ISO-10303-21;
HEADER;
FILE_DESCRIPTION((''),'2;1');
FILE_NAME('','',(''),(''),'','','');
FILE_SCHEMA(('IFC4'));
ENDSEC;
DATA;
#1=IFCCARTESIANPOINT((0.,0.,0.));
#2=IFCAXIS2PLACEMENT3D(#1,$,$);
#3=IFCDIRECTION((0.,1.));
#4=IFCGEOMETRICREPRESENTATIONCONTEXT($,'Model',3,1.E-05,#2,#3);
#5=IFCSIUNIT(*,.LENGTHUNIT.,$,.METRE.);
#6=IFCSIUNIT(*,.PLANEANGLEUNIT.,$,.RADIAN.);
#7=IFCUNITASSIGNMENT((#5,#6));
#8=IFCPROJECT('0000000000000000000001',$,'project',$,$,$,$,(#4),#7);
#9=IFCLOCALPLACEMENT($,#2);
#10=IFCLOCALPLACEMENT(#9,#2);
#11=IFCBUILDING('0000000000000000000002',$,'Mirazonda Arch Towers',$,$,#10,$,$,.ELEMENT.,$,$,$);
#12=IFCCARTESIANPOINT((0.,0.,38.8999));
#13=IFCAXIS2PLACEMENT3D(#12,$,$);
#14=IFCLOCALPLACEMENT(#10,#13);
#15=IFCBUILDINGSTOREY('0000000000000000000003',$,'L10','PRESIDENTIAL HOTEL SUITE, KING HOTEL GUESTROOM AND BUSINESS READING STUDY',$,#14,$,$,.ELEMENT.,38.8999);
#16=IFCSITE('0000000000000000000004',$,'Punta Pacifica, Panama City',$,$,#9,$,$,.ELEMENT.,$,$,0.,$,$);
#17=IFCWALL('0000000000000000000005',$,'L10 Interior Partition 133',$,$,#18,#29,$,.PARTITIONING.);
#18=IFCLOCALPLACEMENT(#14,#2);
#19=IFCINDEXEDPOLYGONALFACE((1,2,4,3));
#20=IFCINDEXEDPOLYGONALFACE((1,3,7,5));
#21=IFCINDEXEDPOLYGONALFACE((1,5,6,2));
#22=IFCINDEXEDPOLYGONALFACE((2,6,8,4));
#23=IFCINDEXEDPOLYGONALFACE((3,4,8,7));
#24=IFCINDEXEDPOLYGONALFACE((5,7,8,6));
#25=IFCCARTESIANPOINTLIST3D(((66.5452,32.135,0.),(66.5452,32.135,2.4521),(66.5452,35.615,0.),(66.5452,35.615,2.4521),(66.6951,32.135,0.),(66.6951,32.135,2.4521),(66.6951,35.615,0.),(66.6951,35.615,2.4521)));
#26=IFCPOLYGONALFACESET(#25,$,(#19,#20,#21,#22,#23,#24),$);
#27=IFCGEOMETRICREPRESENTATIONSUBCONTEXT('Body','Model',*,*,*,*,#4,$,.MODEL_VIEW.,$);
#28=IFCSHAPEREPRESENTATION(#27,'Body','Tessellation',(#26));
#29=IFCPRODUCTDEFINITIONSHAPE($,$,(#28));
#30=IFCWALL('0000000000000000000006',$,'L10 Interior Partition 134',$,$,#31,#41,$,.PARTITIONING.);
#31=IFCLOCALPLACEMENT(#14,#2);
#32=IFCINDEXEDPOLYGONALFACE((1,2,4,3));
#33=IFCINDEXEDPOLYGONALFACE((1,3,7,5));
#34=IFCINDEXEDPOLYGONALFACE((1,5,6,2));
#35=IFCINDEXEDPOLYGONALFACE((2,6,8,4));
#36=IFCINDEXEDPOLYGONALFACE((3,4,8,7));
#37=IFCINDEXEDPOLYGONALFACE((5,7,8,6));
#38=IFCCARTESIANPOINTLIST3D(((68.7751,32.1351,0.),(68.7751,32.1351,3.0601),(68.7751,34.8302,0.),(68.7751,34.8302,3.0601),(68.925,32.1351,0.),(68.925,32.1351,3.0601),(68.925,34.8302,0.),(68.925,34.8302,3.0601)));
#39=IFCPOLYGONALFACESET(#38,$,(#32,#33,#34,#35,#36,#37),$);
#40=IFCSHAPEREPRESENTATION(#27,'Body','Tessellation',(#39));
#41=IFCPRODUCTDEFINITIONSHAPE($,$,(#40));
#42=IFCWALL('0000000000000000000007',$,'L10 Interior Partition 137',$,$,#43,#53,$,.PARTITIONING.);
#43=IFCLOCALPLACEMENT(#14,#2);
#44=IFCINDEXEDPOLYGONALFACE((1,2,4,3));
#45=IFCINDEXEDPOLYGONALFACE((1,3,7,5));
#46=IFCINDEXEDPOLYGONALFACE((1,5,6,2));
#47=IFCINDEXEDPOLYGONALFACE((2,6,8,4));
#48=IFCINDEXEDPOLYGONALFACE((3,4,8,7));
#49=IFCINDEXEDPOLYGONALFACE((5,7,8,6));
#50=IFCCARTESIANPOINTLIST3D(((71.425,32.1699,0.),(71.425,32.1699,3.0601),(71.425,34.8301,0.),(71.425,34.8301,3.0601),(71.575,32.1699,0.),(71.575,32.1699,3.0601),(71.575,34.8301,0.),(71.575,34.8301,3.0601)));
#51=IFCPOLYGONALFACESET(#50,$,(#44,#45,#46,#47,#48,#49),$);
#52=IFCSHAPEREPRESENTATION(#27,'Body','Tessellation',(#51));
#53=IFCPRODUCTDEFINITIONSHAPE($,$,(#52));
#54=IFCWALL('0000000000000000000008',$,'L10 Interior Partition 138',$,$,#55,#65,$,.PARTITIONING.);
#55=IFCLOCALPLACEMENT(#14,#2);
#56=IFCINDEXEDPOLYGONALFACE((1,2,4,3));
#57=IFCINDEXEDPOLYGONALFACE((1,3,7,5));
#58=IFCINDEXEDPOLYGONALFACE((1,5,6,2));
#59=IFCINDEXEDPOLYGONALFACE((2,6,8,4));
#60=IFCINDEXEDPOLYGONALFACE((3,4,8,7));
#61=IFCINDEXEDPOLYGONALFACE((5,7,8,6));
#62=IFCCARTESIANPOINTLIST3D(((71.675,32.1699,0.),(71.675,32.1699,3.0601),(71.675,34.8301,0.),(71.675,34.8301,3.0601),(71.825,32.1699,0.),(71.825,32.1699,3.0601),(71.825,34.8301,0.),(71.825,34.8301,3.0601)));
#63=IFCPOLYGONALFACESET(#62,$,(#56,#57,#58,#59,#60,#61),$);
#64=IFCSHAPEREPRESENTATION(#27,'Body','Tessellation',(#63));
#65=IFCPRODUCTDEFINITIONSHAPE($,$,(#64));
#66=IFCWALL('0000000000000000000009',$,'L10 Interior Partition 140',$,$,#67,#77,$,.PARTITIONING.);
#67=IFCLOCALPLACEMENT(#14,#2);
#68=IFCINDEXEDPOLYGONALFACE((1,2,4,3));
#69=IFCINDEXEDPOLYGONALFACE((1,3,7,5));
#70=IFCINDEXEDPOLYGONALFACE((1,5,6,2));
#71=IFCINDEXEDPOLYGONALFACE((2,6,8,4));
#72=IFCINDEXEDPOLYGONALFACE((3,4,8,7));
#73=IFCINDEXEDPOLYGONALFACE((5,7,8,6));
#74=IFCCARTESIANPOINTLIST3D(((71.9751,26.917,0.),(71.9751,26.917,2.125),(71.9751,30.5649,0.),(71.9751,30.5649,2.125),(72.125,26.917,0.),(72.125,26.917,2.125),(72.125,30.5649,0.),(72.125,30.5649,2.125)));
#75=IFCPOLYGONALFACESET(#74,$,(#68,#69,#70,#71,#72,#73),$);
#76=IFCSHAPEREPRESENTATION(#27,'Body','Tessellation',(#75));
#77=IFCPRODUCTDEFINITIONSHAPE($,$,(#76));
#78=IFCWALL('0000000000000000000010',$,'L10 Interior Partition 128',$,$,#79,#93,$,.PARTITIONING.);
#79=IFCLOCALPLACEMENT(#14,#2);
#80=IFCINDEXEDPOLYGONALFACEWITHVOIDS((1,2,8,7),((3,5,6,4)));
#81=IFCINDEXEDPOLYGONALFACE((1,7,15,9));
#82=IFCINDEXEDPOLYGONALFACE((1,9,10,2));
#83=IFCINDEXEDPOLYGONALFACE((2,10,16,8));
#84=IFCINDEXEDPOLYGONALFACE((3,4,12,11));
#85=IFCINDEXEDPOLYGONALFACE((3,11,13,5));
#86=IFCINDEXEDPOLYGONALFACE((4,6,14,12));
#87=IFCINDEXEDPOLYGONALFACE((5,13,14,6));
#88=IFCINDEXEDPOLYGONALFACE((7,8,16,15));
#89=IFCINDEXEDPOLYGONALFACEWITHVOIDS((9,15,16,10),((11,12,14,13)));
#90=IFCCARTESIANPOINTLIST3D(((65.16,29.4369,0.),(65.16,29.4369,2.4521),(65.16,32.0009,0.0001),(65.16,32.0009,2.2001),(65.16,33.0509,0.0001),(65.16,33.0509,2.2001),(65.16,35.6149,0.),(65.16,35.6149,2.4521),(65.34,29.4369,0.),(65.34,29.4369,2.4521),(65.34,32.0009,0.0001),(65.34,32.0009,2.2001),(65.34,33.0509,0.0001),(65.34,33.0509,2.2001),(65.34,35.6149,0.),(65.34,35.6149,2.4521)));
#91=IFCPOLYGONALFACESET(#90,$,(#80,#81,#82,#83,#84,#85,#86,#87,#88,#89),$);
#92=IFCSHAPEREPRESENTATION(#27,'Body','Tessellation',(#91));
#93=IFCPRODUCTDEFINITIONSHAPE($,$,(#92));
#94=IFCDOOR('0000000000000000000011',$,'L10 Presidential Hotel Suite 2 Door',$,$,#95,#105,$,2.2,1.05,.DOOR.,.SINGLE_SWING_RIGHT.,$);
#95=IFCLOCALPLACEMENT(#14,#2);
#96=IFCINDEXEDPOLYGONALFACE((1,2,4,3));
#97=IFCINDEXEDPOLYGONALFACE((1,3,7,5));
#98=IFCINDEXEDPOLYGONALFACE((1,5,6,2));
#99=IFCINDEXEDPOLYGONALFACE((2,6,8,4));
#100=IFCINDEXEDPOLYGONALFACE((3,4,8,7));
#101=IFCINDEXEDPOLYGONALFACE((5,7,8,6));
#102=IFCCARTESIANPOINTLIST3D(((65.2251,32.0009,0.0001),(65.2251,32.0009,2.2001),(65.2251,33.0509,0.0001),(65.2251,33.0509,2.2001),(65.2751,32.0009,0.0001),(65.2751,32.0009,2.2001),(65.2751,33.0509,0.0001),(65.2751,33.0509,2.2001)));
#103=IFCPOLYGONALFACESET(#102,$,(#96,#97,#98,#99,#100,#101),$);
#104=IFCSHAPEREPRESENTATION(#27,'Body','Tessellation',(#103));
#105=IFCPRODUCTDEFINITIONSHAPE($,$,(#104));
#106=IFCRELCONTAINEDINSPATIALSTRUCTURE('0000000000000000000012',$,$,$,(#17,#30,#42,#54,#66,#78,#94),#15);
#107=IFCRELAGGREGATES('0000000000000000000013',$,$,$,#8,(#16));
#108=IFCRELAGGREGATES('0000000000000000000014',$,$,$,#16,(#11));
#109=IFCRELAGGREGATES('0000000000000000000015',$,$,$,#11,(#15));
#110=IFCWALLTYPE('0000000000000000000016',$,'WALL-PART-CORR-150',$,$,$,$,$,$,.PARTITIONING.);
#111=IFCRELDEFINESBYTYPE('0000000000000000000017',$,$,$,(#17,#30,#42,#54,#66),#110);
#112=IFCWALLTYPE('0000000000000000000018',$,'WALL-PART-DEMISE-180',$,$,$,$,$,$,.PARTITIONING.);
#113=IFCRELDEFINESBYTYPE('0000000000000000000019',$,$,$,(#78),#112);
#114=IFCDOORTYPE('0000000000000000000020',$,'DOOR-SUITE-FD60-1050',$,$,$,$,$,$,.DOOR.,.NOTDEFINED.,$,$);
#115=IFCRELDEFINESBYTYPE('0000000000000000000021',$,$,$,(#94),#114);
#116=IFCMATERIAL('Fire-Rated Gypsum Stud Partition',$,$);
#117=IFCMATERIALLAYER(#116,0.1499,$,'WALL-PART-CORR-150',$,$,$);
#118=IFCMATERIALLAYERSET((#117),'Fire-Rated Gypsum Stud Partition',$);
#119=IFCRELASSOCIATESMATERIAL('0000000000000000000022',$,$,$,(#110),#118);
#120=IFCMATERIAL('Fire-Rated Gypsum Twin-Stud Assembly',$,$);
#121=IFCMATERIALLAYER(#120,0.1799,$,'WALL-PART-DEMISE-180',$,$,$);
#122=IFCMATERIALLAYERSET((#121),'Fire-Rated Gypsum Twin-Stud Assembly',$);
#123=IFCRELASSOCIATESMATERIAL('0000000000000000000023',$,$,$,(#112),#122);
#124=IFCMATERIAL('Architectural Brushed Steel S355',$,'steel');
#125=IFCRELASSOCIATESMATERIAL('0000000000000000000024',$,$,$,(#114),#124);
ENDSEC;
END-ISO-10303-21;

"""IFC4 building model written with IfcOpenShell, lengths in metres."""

from ifc_helpers import new_model, si_unit, direction, frame, frame_2d, origin, place, context, subcontext, project, spatial, rectangle, extrude, material, layer, layer_set, type_object, element, fill, save


model = new_model("IFC4")

# Units and contexts
model_context = context("Model", 3, precision=1e-05, world=origin(), true_north=direction((0.0, 1.0)))
body_context = subcontext(model_context, "Body", "Model", "MODEL_VIEW")
ifc_project = project(units=[si_unit("LENGTHUNIT", "METRE"), si_unit("PLANEANGLEUNIT", "RADIAN")], contexts=[model_context])

# Site, building, storey
site_placement = place(None, origin())
site = spatial("IfcSite", under=ifc_project, at=site_placement, Name="Punta Pacifica, Panama City", CompositionType="ELEMENT", RefElevation=0.0)
building_placement = place(site_placement, origin())
building = spatial("IfcBuilding", under=site, at=building_placement, Name="Mirazonda Arch Towers", CompositionType="ELEMENT")
storey_placement = place(building_placement, frame((0.0, 0.0, 38.8999)))
storey = spatial("IfcBuildingStorey", under=building, at=storey_placement, Name="L10", Description="PRESIDENTIAL HOTEL SUITE, KING HOTEL GUESTROOM AND BUSINESS READING STUDY", CompositionType="ELEMENT", Elevation=38.8999)

# Shared definitions
ifc_material_1 = material(Name="Architectural Brushed Steel S355", Category="steel")

# Shared definitions
ifc_material_2 = material(Name="Fire-Rated Gypsum Stud Partition")
ifc_layer_1 = layer(ifc_material_2, 0.1499, Name="WALL-PART-CORR-150")
ifc_layer_set_1 = layer_set([ifc_layer_1], Name="Fire-Rated Gypsum Stud Partition")
wall_type_1 = type_object("IfcWallType", Name="WALL-PART-CORR-150", PredefinedType="PARTITIONING", material=ifc_layer_set_1)

# Walls
wall_1_placement = place(storey_placement, frame((66.6201, 32.135, 0.0), z_axis=(0.0, 0.0, 1.0), x_axis=(0.0, 1.0, 0.0)))
element("IfcWall", 1, at=wall_1_placement, inside=storey, type_object=wall_type_1, Name="L10 Interior Partition 133", PredefinedType="PARTITIONING", context=body_context, shape_type="SweptSolid", body=[
    extrude(rectangle(XDim=3.48, YDim=0.1499, at=frame_2d((1.74, 0.0))), origin(), (0.0, 0.0, 1.0), 2.4521),
])
wall_2_placement = place(storey_placement, frame((68.8501, 32.135, 0.0), z_axis=(0.0, 0.0, 1.0), x_axis=(0.0, 1.0, 0.0)))
element("IfcWall", 2, at=wall_2_placement, inside=storey, type_object=wall_type_1, Name="L10 Interior Partition 134", PredefinedType="PARTITIONING", context=body_context, shape_type="SweptSolid", body=[
    extrude(rectangle(XDim=2.6951, YDim=0.1499, at=frame_2d((1.3477, 0.0))), origin(), (0.0, 0.0, 1.0), 3.0601),
])
for number, where, z_axis, x_axis, name in (
    (3, (71.5, 32.1699, 0.0), (0.0, 0.0, 1.0), (0.0, 1.0, 0.0), "L10 Interior Partition 137"),
    (4, (71.75, 32.1699, 0.0), (0.0, 0.0, 1.0), (0.0, 1.0, 0.0), "L10 Interior Partition 138"),
):
    element("IfcWall", number, at=place(storey_placement, frame(where, z_axis=z_axis, x_axis=x_axis)), inside=storey, type_object=wall_type_1, Name=name, PredefinedType="PARTITIONING", context=body_context, shape_type="SweptSolid", body=[
        extrude(rectangle(XDim=2.6602, YDim=0.1499, at=frame_2d((1.3301, 0.0))), origin(), (0.0, 0.0, 1.0), 3.0601),
    ])
wall_3_placement = place(storey_placement, frame((72.05, 26.917, 0.0), z_axis=(0.0, 0.0, 1.0), x_axis=(0.0, 1.0, 0.0)))
element("IfcWall", 5, at=wall_3_placement, inside=storey, type_object=wall_type_1, Name="L10 Interior Partition 140", PredefinedType="PARTITIONING", context=body_context, shape_type="SweptSolid", body=[
    extrude(rectangle(XDim=3.6479, YDim=0.1499, at=frame_2d((1.824, 0.0))), origin(), (0.0, 0.0, 1.0), 2.125),
])

# Wall, opening, door
ifc_material_3 = material(Name="Fire-Rated Gypsum Twin-Stud Assembly")
ifc_layer_2 = layer(ifc_material_3, 0.1799, Name="WALL-PART-DEMISE-180")
ifc_layer_set_2 = layer_set([ifc_layer_2], Name="Fire-Rated Gypsum Twin-Stud Assembly")
wall_type_2 = type_object("IfcWallType", Name="WALL-PART-DEMISE-180", PredefinedType="PARTITIONING", material=ifc_layer_set_2)
wall_4_placement = place(storey_placement, frame((65.25, 29.437, 0.0), z_axis=(0.0, 0.0, 1.0), x_axis=(0.0, 1.0, 0.0)))
wall_4 = element("IfcWall", 6, at=wall_4_placement, inside=storey, type_object=wall_type_2, Name="L10 Interior Partition 128", PredefinedType="PARTITIONING", context=body_context, shape_type="SweptSolid", body=[
    extrude(rectangle(XDim=6.178, YDim=0.1799, at=frame_2d((3.0889, 0.0))), origin(), (0.0, 0.0, 1.0), 2.4521),
])
opening_1_placement = place(wall_4_placement, frame((2.564, 0.0, 0.0)))
opening_1 = element("IfcOpeningElement", 7, at=opening_1_placement, cuts=wall_4, PredefinedType="OPENING", context=body_context, shape_type="SweptSolid", body=[
    extrude(rectangle(XDim=1.05, YDim=2.2, at=frame_2d((0.5249, 1.1001))), frame((0.0, 0.0999, 0.0), z_axis=(0.0, -1.0, 0.0), x_axis=(1.0, 0.0, 0.0)), (0.0, 0.0, 1.0), 0.2),
])
door_type_1 = type_object("IfcDoorType", Name="DOOR-SUITE-FD60-1050", OperationType="NOTDEFINED", PredefinedType="DOOR", material=ifc_material_1)
door_1_placement = place(opening_1_placement, origin())
door_1 = element("IfcDoor", 8, at=door_1_placement, inside=storey, type_object=door_type_1, Name="L10 Presidential Hotel Suite 2 Door", OperationType="SINGLE_SWING_RIGHT", OverallHeight=2.2, OverallWidth=1.05, PredefinedType="DOOR", context=body_context, shape_type="SweptSolid", body=[
    extrude(rectangle(XDim=1.05, YDim=2.2, at=frame_2d((0.5249, 1.1001))), frame((0.0, 0.0249, 0.0), z_axis=(0.0, -1.0, 0.0), x_axis=(1.0, 0.0, 0.0)), (0.0, 0.0, 1.0), 0.05),
])
fill(opening_1, door_1)

save(model, "model.ifc")
